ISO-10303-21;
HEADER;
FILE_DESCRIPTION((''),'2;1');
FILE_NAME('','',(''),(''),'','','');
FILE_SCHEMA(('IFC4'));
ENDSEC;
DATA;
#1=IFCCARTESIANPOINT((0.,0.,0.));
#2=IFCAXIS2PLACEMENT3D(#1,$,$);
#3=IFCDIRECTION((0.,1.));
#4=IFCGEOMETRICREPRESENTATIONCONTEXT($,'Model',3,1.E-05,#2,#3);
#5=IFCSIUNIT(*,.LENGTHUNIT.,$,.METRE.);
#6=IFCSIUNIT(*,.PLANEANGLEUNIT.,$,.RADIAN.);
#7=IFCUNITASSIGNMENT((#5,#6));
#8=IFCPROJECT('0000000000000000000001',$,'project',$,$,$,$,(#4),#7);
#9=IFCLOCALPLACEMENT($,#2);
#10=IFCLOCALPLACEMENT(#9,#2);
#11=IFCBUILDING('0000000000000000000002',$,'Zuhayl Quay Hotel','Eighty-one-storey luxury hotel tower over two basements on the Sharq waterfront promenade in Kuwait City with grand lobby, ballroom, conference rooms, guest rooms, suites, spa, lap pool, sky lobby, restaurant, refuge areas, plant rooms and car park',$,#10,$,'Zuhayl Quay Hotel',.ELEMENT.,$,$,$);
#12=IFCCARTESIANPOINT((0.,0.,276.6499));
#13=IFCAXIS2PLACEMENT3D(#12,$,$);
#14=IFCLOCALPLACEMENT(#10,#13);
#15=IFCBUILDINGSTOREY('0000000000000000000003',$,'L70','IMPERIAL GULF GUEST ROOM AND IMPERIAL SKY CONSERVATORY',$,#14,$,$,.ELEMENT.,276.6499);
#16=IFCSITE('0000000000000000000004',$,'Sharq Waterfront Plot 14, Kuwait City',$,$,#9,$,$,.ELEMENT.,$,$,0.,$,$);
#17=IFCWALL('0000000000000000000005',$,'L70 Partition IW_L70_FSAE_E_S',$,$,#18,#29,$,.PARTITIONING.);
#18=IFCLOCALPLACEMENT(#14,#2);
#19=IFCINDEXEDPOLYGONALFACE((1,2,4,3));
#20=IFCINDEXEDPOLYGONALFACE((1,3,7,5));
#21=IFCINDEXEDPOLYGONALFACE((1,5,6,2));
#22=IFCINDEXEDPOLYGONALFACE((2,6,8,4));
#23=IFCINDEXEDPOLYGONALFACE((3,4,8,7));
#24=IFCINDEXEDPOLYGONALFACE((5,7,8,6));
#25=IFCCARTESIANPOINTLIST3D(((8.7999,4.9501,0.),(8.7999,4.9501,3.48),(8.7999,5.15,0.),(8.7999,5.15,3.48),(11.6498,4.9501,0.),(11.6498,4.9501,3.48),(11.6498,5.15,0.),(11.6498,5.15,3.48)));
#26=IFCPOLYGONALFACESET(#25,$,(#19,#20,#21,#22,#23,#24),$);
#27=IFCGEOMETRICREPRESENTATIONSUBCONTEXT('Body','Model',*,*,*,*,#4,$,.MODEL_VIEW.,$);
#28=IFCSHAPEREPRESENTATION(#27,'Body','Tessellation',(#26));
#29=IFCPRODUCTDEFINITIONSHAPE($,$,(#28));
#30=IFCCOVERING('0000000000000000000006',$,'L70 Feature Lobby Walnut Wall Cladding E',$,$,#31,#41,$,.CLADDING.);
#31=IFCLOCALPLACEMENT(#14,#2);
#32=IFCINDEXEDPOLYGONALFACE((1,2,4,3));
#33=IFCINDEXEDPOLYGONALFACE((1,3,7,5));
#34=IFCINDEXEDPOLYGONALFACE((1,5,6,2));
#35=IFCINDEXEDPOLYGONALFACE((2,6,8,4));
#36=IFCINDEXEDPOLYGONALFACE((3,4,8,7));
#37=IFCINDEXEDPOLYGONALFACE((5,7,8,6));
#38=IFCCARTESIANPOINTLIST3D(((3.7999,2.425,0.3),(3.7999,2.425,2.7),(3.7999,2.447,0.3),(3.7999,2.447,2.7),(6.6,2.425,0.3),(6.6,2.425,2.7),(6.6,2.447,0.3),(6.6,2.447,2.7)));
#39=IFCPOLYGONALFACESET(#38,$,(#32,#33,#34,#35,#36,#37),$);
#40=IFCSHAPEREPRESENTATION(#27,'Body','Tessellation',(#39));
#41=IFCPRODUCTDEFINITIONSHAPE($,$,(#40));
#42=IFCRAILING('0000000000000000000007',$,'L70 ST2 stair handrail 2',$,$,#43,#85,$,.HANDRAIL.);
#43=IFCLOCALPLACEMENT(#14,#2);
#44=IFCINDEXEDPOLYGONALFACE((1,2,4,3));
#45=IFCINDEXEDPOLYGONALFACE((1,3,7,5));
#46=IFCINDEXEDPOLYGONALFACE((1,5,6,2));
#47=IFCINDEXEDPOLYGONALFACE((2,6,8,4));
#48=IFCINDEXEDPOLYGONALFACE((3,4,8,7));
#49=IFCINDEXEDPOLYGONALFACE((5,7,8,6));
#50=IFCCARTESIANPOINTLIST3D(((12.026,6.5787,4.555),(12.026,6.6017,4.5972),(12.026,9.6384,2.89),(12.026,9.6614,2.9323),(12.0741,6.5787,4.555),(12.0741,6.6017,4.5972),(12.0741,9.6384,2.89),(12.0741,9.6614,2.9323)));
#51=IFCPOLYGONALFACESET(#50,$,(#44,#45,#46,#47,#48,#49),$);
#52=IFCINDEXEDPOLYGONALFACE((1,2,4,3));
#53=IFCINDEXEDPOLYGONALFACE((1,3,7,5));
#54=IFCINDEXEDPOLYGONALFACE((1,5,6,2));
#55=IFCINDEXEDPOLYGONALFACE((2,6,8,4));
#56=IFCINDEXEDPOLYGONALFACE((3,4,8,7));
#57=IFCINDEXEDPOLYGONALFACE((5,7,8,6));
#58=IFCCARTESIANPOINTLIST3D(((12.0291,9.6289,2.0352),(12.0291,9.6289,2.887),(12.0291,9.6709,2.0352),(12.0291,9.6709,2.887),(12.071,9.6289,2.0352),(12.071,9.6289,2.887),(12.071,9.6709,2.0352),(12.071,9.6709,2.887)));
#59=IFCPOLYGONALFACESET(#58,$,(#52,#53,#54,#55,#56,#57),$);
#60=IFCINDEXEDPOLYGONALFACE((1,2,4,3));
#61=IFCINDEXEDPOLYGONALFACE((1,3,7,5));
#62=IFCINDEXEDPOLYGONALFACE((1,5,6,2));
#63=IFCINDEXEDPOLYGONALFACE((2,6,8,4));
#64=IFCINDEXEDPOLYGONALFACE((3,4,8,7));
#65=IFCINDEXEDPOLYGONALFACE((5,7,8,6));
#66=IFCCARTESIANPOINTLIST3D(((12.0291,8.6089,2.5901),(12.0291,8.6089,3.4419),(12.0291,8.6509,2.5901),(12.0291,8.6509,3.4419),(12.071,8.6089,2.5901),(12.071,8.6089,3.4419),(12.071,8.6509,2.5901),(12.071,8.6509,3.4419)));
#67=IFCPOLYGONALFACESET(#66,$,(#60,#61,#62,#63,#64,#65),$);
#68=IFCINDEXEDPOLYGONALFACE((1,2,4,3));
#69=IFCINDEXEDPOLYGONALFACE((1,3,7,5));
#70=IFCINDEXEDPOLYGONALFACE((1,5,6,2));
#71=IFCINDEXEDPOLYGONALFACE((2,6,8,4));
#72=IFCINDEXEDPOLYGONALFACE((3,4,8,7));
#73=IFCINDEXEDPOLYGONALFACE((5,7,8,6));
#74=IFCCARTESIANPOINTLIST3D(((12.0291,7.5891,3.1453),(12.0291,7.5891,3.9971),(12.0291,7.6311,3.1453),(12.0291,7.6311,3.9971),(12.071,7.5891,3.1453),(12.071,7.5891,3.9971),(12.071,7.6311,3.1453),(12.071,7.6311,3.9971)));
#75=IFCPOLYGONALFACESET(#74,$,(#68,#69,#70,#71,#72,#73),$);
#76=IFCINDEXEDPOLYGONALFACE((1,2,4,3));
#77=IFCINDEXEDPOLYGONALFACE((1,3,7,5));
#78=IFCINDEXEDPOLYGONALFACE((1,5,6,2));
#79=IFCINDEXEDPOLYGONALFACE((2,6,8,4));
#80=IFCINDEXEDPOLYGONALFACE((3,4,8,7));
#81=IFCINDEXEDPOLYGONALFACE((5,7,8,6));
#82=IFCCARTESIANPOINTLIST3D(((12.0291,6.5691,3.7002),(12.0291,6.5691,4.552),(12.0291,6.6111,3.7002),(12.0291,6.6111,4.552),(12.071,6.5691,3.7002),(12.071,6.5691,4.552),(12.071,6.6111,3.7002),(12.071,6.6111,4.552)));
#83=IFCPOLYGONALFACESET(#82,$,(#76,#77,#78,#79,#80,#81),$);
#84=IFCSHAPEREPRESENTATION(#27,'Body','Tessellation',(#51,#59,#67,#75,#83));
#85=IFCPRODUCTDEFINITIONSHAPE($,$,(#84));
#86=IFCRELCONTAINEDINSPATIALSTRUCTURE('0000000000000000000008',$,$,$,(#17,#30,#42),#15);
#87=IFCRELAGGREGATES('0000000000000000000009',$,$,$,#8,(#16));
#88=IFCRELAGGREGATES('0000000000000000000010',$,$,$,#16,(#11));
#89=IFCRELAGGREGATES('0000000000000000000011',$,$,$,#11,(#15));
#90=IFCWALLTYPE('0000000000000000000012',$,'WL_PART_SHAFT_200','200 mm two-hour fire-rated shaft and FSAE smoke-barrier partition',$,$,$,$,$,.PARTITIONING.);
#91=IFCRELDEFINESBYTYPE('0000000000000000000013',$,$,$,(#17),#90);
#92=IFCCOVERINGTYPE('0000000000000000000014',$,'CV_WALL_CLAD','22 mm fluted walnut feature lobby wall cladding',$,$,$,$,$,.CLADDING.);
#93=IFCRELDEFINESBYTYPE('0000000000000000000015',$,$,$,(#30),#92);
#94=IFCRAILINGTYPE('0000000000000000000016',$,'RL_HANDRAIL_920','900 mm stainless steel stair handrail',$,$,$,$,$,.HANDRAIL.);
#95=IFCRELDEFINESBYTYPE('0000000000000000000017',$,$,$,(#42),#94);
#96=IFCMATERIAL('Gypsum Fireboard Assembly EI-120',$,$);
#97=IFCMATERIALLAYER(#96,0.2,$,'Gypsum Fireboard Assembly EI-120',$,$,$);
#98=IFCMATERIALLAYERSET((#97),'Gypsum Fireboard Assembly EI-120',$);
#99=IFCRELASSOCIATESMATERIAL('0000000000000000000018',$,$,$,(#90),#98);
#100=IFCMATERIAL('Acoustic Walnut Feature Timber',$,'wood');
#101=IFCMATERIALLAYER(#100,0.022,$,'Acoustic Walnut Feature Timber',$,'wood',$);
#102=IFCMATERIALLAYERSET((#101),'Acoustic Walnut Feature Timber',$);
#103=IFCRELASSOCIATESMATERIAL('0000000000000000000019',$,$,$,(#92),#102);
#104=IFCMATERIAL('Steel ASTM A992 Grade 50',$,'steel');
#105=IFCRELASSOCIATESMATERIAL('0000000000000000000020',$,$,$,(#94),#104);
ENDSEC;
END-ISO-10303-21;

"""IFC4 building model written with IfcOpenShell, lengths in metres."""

from ifc_helpers import new_model, si_unit, direction, frame, frame_2d, origin, origin_2d, place, context, subcontext, project, spatial, rectangle, extrude, material, layer, layer_set, type_object, element, save


model = new_model("IFC4")

# Units and contexts
model_context = context("Model", 3, precision=1e-05, world=origin(), true_north=direction((0.0, 1.0)))
body_context = subcontext(model_context, "Body", "Model", "MODEL_VIEW")
ifc_project = project(units=[si_unit("LENGTHUNIT", "METRE"), si_unit("PLANEANGLEUNIT", "RADIAN")], contexts=[model_context])

# Site, building, storey
site_placement = place(None, origin())
site = spatial("IfcSite", under=ifc_project, at=site_placement, Name="Sharq Waterfront Plot 14, Kuwait City", CompositionType="ELEMENT", RefElevation=0.0)
building_placement = place(site_placement, origin())
building = spatial("IfcBuilding", under=site, at=building_placement, Name="Zuhayl Quay Hotel", Description="Eighty-one-storey luxury hotel tower over two basements on the Sharq waterfront promenade in Kuwait City with grand lobby, ballroom, conference rooms, guest rooms, suites, spa, lap pool, sky lobby, restaurant, refuge areas, plant rooms and car park", LongName="Zuhayl Quay Hotel", CompositionType="ELEMENT")
storey_placement = place(building_placement, frame((0.0, 0.0, 276.6499)))
storey = spatial("IfcBuildingStorey", under=building, at=storey_placement, Name="L70", Description="IMPERIAL GULF GUEST ROOM AND IMPERIAL SKY CONSERVATORY", CompositionType="ELEMENT", Elevation=276.6499)

# Shared definitions
ifc_material_1 = material(Name="Gypsum Fireboard Assembly EI-120")
ifc_layer_1 = layer(ifc_material_1, 0.2, Name="Gypsum Fireboard Assembly EI-120")
ifc_layer_set_1 = layer_set([ifc_layer_1], Name="Gypsum Fireboard Assembly EI-120")
wall_type_1 = type_object("IfcWallType", Name="WL_PART_SHAFT_200", Description="200 mm two-hour fire-rated shaft and FSAE smoke-barrier partition", PredefinedType="PARTITIONING", material=ifc_layer_set_1)
ifc_material_2 = material(Name="Steel ASTM A992 Grade 50", Category="steel")

# Wall
wall_1_placement = place(storey_placement, frame((8.8, 5.05, 0.0), z_axis=(0.0, 0.0, 1.0), x_axis=(1.0, 0.0, 0.0)))
element("IfcWall", 1, at=wall_1_placement, inside=storey, type_object=wall_type_1, Name="L70 Partition IW_L70_FSAE_E_S", PredefinedType="PARTITIONING", context=body_context, shape_type="SweptSolid", body=[
    extrude(rectangle(XDim=2.8499, YDim=0.2, at=frame_2d((1.4248, 0.0))), origin(), (0.0, 0.0, 1.0), 3.48),
])

# Covering
ifc_material_3 = material(Name="Acoustic Walnut Feature Timber", Category="wood")
ifc_layer_2 = layer(ifc_material_3, 0.022, Name="Acoustic Walnut Feature Timber", Category="wood")
ifc_layer_set_2 = layer_set([ifc_layer_2], Name="Acoustic Walnut Feature Timber")
covering_type = type_object("IfcCoveringType", Name="CV_WALL_CLAD", Description="22 mm fluted walnut feature lobby wall cladding", PredefinedType="CLADDING", material=ifc_layer_set_2)
covering_placement = place(storey_placement, frame((5.2, 2.436, 0.3), z_axis=(0.0, 0.0, 1.0), x_axis=(1.0, 0.0, 0.0)))
element("IfcCovering", 2, at=covering_placement, inside=storey, type_object=covering_type, Name="L70 Feature Lobby Walnut Wall Cladding E", PredefinedType="CLADDING", context=body_context, shape_type="SweptSolid", body=[
    extrude(rectangle(XDim=2.8, YDim=0.022, at=origin_2d()), origin(), (0.0, 0.0, 1.0), 2.3999),
])

# Railing
railing_type = type_object("IfcRailingType", Name="RL_HANDRAIL_920", Description="900 mm stainless steel stair handrail", PredefinedType="HANDRAIL", material=ifc_material_2)
railing_placement = place(storey_placement, frame((12.05, 9.6499, 2.0352)))
element("IfcRailing", 3, at=railing_placement, inside=storey, type_object=railing_type, Name="L70 ST2 stair handrail 2", PredefinedType="HANDRAIL", context=body_context, shape_type="SweptSolid", body=[
    extrude(rectangle(XDim=0.0481, YDim=0.0481, at=origin_2d()), frame((0.0, 0.0, 0.876), z_axis=(0.0, -0.878372, 0.477978), x_axis=(1.0, 0.0, 0.0)), (0.0, 0.0, 1.0), 3.4834),
    extrude(rectangle(XDim=0.042, YDim=0.042, at=origin_2d()), origin(), (0.0, 0.0, 1.0), 0.8518),
    extrude(rectangle(XDim=0.042, YDim=0.042, at=origin_2d()), frame((0.0, -1.02, 0.5549)), (0.0, 0.0, 1.0), 0.8518),
    extrude(rectangle(XDim=0.042, YDim=0.042, at=origin_2d()), frame((0.0, -2.0398, 1.1101)), (0.0, 0.0, 1.0), 0.8518),
    extrude(rectangle(XDim=0.042, YDim=0.042, at=origin_2d()), frame((0.0, -3.0598, 1.665)), (0.0, 0.0, 1.0), 0.8518),
])

save(model, "model.ifc")
